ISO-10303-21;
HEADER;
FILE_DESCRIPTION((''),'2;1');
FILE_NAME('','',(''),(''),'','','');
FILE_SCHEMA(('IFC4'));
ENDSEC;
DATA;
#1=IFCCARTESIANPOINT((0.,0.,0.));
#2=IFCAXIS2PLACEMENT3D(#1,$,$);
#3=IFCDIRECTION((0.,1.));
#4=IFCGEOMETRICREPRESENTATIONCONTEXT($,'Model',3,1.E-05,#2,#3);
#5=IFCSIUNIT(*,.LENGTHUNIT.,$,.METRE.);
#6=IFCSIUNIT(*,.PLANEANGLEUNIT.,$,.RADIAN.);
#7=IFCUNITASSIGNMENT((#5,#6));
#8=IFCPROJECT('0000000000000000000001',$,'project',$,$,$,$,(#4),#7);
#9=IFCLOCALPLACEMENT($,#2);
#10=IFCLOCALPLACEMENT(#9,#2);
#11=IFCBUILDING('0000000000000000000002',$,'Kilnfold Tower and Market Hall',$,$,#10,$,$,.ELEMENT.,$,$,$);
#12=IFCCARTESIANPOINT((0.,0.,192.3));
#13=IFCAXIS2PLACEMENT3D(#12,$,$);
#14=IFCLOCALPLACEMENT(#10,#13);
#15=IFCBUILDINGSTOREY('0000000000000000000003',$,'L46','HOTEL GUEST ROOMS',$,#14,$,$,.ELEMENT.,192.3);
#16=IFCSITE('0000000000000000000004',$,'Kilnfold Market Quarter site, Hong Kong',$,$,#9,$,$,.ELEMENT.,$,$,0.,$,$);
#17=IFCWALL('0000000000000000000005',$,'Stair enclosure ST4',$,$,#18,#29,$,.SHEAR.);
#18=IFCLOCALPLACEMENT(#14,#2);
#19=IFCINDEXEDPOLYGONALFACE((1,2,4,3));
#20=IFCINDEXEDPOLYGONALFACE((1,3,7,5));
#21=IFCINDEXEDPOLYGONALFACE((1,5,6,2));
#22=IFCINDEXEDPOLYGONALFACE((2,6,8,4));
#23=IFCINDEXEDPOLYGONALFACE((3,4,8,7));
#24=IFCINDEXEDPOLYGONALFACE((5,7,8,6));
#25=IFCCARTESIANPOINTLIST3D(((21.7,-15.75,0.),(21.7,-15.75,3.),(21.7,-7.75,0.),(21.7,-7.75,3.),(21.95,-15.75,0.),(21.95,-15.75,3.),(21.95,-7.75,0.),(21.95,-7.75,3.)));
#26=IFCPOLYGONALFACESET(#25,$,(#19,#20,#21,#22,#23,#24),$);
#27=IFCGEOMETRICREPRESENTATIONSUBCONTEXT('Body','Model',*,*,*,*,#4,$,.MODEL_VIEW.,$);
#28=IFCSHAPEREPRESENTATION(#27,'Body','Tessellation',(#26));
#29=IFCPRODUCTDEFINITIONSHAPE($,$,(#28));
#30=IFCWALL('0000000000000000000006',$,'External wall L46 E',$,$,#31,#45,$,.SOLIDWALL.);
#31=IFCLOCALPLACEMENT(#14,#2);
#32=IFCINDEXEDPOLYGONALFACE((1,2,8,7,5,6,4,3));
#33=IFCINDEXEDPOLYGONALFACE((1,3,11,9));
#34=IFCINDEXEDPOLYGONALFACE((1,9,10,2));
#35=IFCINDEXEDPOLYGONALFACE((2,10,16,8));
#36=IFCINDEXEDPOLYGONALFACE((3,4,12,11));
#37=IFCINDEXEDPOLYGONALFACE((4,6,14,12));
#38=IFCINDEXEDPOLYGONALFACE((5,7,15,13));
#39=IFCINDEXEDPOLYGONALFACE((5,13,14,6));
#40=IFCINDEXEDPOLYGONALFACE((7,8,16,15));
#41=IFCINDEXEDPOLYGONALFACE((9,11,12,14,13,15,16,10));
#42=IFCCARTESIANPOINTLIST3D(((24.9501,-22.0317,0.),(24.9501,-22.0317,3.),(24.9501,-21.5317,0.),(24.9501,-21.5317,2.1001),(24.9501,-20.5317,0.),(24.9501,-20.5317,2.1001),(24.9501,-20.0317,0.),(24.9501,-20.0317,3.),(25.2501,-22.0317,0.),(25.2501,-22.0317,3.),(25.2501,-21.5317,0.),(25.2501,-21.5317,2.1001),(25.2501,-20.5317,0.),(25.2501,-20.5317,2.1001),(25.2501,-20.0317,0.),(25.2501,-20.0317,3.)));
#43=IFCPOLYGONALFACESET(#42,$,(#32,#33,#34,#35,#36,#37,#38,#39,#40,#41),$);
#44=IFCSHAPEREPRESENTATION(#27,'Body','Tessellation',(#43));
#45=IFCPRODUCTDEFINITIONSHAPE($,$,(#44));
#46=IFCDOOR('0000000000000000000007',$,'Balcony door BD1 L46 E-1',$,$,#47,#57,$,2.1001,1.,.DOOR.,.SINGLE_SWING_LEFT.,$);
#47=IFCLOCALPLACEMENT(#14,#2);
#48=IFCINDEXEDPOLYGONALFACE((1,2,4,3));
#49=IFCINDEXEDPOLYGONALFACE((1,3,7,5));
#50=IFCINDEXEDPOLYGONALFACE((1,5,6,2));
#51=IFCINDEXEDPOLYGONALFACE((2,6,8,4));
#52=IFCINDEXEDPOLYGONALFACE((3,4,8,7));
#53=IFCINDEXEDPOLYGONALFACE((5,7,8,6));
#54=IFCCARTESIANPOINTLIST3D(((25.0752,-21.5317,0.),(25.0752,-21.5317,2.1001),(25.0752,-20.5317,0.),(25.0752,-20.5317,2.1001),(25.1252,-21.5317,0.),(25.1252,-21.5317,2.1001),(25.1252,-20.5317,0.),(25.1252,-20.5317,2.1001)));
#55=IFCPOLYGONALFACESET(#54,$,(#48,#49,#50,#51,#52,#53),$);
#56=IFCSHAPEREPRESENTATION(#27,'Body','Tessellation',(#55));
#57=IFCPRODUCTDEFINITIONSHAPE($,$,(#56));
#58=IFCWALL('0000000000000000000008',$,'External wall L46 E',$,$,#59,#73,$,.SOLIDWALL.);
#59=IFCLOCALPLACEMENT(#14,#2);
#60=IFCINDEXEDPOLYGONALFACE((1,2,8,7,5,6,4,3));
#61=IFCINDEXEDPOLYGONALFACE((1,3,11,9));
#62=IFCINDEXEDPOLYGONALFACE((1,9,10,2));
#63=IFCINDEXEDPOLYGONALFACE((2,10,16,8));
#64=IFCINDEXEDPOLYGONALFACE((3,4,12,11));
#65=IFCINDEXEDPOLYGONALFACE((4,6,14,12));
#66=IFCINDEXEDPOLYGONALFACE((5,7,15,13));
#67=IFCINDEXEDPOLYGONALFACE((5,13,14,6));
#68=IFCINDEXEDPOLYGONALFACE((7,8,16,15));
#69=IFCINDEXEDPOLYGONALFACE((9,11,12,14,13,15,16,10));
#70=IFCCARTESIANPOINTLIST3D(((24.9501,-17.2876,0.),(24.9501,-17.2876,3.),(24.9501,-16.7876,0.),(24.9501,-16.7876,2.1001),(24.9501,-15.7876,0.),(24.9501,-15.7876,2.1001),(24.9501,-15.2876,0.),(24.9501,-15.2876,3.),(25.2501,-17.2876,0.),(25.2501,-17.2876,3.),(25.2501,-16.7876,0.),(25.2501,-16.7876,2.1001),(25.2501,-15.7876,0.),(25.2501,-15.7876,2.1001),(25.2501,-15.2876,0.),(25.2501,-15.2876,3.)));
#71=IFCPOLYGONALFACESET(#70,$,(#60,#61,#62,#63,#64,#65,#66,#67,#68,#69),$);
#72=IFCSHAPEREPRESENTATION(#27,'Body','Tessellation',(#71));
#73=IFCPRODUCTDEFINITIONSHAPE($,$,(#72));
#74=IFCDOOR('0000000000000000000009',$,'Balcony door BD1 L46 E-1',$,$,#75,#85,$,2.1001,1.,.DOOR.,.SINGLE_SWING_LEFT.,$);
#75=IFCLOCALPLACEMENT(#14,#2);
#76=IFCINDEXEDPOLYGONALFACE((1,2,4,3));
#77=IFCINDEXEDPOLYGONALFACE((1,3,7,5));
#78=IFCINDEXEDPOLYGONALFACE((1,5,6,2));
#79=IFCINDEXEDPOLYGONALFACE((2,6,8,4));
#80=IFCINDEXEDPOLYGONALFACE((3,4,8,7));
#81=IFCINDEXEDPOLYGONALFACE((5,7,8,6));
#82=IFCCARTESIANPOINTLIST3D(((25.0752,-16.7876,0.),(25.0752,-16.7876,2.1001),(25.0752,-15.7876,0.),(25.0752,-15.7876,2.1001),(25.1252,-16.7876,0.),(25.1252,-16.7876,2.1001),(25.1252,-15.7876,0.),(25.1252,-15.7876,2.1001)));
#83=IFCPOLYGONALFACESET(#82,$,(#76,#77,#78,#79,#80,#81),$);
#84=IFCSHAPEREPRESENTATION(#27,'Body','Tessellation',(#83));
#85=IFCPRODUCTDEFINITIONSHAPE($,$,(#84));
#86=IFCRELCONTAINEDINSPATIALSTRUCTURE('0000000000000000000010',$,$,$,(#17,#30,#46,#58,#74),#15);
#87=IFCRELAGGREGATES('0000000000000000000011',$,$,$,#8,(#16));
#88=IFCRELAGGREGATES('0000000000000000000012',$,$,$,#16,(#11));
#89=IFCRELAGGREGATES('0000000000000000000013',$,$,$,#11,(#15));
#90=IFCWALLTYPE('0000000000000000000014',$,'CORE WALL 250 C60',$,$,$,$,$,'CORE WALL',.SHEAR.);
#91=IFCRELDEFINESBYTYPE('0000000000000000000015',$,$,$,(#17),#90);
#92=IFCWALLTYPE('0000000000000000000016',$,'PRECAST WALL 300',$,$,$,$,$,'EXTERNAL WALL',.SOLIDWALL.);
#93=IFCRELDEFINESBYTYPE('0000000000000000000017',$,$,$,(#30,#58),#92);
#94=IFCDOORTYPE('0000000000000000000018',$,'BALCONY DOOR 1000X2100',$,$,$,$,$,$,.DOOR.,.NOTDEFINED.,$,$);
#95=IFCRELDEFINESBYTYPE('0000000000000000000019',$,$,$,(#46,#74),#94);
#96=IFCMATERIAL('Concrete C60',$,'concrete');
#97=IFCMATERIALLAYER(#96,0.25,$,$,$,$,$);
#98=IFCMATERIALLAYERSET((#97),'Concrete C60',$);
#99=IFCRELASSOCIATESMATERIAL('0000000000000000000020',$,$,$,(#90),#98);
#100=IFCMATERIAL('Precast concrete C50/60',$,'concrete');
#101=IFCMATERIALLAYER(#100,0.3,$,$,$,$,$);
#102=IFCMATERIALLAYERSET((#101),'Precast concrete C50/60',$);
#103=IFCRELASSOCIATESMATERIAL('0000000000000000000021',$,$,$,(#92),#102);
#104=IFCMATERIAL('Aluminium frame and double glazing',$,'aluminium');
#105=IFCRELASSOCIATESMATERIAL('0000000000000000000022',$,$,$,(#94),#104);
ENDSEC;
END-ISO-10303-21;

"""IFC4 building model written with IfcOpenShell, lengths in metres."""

from ifc_helpers import new_model, si_unit, direction, frame, frame_2d, origin, place, context, subcontext, project, spatial, rectangle, extrude, source, transform, mapped, material, layer, layer_set, type_object, element, fill, save


model = new_model("IFC4")

# Units and contexts
model_context = context("Model", 3, precision=1e-05, world=origin(), true_north=direction((0.0, 1.0)))
body_context = subcontext(model_context, "Body", "Model", "MODEL_VIEW")
ifc_project = project(units=[si_unit("LENGTHUNIT", "METRE"), si_unit("PLANEANGLEUNIT", "RADIAN")], contexts=[model_context])

# Site, building, storey
site_placement = place(None, origin())
site = spatial("IfcSite", under=ifc_project, at=site_placement, Name="Kilnfold Market Quarter site, Hong Kong", CompositionType="ELEMENT", RefElevation=0.0)
building_placement = place(site_placement, origin())
building = spatial("IfcBuilding", under=site, at=building_placement, Name="Kilnfold Tower and Market Hall", CompositionType="ELEMENT")
storey_placement = place(building_placement, frame((0.0, 0.0, 192.3)))
storey = spatial("IfcBuildingStorey", under=building, at=storey_placement, Name="L46", Description="HOTEL GUEST ROOMS", CompositionType="ELEMENT", Elevation=192.3)

# Wall
ifc_material_1 = material(Name="Concrete C60", Category="concrete")
ifc_layer_1 = layer(ifc_material_1, 0.25)
ifc_layer_set_1 = layer_set([ifc_layer_1], Name="Concrete C60")
wall_type_1 = type_object("IfcWallType", Name="CORE WALL 250 C60", ElementType="CORE WALL", PredefinedType="SHEAR", material=ifc_layer_set_1)
shared_shape_1 = source(origin(), body_context, "Body", "SweptSolid", [
    extrude(rectangle(XDim=8.0, YDim=0.25, at=frame_2d((4.0, 0.0))), origin(), (0.0, 0.0, 1.0), 3.0),
])
wall_1_placement = place(storey_placement, frame((21.825, -15.75, 0.0), z_axis=(0.0, 0.0, 1.0), x_axis=(0.0, 1.0, 0.0)))
element("IfcWall", 1, at=wall_1_placement, inside=storey, type_object=wall_type_1, Name="Stair enclosure ST4", PredefinedType="SHEAR", context=body_context, shape_type="MappedRepresentation", body=[
    mapped(shared_shape_1, transform((0.0, 0.0, 0.0))),
])

# Walls, openings, doors
ifc_material_2 = material(Name="Precast concrete C50/60", Category="concrete")
ifc_layer_2 = layer(ifc_material_2, 0.3)
ifc_layer_set_2 = layer_set([ifc_layer_2], Name="Precast concrete C50/60")
wall_type_2 = type_object("IfcWallType", Name="PRECAST WALL 300", ElementType="EXTERNAL WALL", PredefinedType="SOLIDWALL", material=ifc_layer_set_2)
shared_shape_2 = source(origin(), body_context, "Body", "SweptSolid", [
    extrude(rectangle(XDim=2.0, YDim=0.3, at=frame_2d((1.0, 0.0))), origin(), (0.0, 0.0, 1.0), 3.0),
])
wall_2_placement = place(storey_placement, frame((25.1001, -22.0317, 0.0), z_axis=(0.0, 0.0, 1.0), x_axis=(0.0, 1.0, 0.0)))
wall_2 = element("IfcWall", 2, at=wall_2_placement, inside=storey, type_object=wall_type_2, Name="External wall L46 E", PredefinedType="SOLIDWALL", context=body_context, shape_type="MappedRepresentation", body=[
    mapped(shared_shape_2, transform((0.0, 0.0, 0.0))),
])
opening_1_placement = place(wall_2_placement, frame((0.5, 0.0, 0.0)))
opening_1 = element("IfcOpeningElement", 3, at=opening_1_placement, cuts=wall_2, PredefinedType="OPENING", context=body_context, shape_type="SweptSolid", body=[
    extrude(rectangle(XDim=1.0, YDim=2.1001, at=frame_2d((0.5, 1.05))), frame((0.0, 0.1602, 0.0), z_axis=(0.0, -1.0, 0.0), x_axis=(1.0, 0.0, 0.0)), (0.0, 0.0, 1.0), 0.3201),
])
ifc_material_3 = material(Name="Aluminium frame and double glazing", Category="aluminium")
door_type_1 = type_object("IfcDoorType", Name="BALCONY DOOR 1000X2100", OperationType="NOTDEFINED", PredefinedType="DOOR", material=ifc_material_3)
door_1_placement = place(opening_1_placement, origin())
door_1 = element("IfcDoor", 4, at=door_1_placement, inside=storey, type_object=door_type_1, Name="Balcony door BD1 L46 E-1", OperationType="SINGLE_SWING_LEFT", OverallHeight=2.1001, OverallWidth=1.0, PredefinedType="DOOR", context=body_context, shape_type="SweptSolid", body=[
    extrude(rectangle(XDim=1.0, YDim=2.1001, at=frame_2d((0.5, 1.05))), frame((0.0, 0.0249, 0.0), z_axis=(0.0, -1.0, 0.0), x_axis=(1.0, 0.0, 0.0)), (0.0, 0.0, 1.0), 0.05),
])
fill(opening_1, door_1)
wall_3_placement = place(storey_placement, frame((25.1001, -17.2876, 0.0), z_axis=(0.0, 0.0, 1.0), x_axis=(0.0, 1.0, 0.0)))
wall_3 = element("IfcWall", 5, at=wall_3_placement, inside=storey, type_object=wall_type_2, Name="External wall L46 E", PredefinedType="SOLIDWALL", context=body_context, shape_type="MappedRepresentation", body=[
    mapped(shared_shape_2, transform((0.0, 0.0, 0.0))),
])
opening_2_placement = place(wall_3_placement, frame((0.5, 0.0, 0.0)))
opening_2 = element("IfcOpeningElement", 6, at=opening_2_placement, cuts=wall_3, PredefinedType="OPENING", context=body_context, shape_type="SweptSolid", body=[
    extrude(rectangle(XDim=1.0, YDim=2.1001, at=frame_2d((0.5, 1.05))), frame((0.0, 0.1602, 0.0), z_axis=(0.0, -1.0, 0.0), x_axis=(1.0, 0.0, 0.0)), (0.0, 0.0, 1.0), 0.3201),
])
door_2_placement = place(opening_2_placement, origin())
door_2 = element("IfcDoor", 7, at=door_2_placement, inside=storey, type_object=door_type_1, Name="Balcony door BD1 L46 E-1", OperationType="SINGLE_SWING_LEFT", OverallHeight=2.1001, OverallWidth=1.0, PredefinedType="DOOR", context=body_context, shape_type="SweptSolid", body=[
    extrude(rectangle(XDim=1.0, YDim=2.1001, at=frame_2d((0.5, 1.05))), frame((0.0, 0.0249, 0.0), z_axis=(0.0, -1.0, 0.0), x_axis=(1.0, 0.0, 0.0)), (0.0, 0.0, 1.0), 0.05),
])
fill(opening_2, door_2)

save(model, "model.ifc")
